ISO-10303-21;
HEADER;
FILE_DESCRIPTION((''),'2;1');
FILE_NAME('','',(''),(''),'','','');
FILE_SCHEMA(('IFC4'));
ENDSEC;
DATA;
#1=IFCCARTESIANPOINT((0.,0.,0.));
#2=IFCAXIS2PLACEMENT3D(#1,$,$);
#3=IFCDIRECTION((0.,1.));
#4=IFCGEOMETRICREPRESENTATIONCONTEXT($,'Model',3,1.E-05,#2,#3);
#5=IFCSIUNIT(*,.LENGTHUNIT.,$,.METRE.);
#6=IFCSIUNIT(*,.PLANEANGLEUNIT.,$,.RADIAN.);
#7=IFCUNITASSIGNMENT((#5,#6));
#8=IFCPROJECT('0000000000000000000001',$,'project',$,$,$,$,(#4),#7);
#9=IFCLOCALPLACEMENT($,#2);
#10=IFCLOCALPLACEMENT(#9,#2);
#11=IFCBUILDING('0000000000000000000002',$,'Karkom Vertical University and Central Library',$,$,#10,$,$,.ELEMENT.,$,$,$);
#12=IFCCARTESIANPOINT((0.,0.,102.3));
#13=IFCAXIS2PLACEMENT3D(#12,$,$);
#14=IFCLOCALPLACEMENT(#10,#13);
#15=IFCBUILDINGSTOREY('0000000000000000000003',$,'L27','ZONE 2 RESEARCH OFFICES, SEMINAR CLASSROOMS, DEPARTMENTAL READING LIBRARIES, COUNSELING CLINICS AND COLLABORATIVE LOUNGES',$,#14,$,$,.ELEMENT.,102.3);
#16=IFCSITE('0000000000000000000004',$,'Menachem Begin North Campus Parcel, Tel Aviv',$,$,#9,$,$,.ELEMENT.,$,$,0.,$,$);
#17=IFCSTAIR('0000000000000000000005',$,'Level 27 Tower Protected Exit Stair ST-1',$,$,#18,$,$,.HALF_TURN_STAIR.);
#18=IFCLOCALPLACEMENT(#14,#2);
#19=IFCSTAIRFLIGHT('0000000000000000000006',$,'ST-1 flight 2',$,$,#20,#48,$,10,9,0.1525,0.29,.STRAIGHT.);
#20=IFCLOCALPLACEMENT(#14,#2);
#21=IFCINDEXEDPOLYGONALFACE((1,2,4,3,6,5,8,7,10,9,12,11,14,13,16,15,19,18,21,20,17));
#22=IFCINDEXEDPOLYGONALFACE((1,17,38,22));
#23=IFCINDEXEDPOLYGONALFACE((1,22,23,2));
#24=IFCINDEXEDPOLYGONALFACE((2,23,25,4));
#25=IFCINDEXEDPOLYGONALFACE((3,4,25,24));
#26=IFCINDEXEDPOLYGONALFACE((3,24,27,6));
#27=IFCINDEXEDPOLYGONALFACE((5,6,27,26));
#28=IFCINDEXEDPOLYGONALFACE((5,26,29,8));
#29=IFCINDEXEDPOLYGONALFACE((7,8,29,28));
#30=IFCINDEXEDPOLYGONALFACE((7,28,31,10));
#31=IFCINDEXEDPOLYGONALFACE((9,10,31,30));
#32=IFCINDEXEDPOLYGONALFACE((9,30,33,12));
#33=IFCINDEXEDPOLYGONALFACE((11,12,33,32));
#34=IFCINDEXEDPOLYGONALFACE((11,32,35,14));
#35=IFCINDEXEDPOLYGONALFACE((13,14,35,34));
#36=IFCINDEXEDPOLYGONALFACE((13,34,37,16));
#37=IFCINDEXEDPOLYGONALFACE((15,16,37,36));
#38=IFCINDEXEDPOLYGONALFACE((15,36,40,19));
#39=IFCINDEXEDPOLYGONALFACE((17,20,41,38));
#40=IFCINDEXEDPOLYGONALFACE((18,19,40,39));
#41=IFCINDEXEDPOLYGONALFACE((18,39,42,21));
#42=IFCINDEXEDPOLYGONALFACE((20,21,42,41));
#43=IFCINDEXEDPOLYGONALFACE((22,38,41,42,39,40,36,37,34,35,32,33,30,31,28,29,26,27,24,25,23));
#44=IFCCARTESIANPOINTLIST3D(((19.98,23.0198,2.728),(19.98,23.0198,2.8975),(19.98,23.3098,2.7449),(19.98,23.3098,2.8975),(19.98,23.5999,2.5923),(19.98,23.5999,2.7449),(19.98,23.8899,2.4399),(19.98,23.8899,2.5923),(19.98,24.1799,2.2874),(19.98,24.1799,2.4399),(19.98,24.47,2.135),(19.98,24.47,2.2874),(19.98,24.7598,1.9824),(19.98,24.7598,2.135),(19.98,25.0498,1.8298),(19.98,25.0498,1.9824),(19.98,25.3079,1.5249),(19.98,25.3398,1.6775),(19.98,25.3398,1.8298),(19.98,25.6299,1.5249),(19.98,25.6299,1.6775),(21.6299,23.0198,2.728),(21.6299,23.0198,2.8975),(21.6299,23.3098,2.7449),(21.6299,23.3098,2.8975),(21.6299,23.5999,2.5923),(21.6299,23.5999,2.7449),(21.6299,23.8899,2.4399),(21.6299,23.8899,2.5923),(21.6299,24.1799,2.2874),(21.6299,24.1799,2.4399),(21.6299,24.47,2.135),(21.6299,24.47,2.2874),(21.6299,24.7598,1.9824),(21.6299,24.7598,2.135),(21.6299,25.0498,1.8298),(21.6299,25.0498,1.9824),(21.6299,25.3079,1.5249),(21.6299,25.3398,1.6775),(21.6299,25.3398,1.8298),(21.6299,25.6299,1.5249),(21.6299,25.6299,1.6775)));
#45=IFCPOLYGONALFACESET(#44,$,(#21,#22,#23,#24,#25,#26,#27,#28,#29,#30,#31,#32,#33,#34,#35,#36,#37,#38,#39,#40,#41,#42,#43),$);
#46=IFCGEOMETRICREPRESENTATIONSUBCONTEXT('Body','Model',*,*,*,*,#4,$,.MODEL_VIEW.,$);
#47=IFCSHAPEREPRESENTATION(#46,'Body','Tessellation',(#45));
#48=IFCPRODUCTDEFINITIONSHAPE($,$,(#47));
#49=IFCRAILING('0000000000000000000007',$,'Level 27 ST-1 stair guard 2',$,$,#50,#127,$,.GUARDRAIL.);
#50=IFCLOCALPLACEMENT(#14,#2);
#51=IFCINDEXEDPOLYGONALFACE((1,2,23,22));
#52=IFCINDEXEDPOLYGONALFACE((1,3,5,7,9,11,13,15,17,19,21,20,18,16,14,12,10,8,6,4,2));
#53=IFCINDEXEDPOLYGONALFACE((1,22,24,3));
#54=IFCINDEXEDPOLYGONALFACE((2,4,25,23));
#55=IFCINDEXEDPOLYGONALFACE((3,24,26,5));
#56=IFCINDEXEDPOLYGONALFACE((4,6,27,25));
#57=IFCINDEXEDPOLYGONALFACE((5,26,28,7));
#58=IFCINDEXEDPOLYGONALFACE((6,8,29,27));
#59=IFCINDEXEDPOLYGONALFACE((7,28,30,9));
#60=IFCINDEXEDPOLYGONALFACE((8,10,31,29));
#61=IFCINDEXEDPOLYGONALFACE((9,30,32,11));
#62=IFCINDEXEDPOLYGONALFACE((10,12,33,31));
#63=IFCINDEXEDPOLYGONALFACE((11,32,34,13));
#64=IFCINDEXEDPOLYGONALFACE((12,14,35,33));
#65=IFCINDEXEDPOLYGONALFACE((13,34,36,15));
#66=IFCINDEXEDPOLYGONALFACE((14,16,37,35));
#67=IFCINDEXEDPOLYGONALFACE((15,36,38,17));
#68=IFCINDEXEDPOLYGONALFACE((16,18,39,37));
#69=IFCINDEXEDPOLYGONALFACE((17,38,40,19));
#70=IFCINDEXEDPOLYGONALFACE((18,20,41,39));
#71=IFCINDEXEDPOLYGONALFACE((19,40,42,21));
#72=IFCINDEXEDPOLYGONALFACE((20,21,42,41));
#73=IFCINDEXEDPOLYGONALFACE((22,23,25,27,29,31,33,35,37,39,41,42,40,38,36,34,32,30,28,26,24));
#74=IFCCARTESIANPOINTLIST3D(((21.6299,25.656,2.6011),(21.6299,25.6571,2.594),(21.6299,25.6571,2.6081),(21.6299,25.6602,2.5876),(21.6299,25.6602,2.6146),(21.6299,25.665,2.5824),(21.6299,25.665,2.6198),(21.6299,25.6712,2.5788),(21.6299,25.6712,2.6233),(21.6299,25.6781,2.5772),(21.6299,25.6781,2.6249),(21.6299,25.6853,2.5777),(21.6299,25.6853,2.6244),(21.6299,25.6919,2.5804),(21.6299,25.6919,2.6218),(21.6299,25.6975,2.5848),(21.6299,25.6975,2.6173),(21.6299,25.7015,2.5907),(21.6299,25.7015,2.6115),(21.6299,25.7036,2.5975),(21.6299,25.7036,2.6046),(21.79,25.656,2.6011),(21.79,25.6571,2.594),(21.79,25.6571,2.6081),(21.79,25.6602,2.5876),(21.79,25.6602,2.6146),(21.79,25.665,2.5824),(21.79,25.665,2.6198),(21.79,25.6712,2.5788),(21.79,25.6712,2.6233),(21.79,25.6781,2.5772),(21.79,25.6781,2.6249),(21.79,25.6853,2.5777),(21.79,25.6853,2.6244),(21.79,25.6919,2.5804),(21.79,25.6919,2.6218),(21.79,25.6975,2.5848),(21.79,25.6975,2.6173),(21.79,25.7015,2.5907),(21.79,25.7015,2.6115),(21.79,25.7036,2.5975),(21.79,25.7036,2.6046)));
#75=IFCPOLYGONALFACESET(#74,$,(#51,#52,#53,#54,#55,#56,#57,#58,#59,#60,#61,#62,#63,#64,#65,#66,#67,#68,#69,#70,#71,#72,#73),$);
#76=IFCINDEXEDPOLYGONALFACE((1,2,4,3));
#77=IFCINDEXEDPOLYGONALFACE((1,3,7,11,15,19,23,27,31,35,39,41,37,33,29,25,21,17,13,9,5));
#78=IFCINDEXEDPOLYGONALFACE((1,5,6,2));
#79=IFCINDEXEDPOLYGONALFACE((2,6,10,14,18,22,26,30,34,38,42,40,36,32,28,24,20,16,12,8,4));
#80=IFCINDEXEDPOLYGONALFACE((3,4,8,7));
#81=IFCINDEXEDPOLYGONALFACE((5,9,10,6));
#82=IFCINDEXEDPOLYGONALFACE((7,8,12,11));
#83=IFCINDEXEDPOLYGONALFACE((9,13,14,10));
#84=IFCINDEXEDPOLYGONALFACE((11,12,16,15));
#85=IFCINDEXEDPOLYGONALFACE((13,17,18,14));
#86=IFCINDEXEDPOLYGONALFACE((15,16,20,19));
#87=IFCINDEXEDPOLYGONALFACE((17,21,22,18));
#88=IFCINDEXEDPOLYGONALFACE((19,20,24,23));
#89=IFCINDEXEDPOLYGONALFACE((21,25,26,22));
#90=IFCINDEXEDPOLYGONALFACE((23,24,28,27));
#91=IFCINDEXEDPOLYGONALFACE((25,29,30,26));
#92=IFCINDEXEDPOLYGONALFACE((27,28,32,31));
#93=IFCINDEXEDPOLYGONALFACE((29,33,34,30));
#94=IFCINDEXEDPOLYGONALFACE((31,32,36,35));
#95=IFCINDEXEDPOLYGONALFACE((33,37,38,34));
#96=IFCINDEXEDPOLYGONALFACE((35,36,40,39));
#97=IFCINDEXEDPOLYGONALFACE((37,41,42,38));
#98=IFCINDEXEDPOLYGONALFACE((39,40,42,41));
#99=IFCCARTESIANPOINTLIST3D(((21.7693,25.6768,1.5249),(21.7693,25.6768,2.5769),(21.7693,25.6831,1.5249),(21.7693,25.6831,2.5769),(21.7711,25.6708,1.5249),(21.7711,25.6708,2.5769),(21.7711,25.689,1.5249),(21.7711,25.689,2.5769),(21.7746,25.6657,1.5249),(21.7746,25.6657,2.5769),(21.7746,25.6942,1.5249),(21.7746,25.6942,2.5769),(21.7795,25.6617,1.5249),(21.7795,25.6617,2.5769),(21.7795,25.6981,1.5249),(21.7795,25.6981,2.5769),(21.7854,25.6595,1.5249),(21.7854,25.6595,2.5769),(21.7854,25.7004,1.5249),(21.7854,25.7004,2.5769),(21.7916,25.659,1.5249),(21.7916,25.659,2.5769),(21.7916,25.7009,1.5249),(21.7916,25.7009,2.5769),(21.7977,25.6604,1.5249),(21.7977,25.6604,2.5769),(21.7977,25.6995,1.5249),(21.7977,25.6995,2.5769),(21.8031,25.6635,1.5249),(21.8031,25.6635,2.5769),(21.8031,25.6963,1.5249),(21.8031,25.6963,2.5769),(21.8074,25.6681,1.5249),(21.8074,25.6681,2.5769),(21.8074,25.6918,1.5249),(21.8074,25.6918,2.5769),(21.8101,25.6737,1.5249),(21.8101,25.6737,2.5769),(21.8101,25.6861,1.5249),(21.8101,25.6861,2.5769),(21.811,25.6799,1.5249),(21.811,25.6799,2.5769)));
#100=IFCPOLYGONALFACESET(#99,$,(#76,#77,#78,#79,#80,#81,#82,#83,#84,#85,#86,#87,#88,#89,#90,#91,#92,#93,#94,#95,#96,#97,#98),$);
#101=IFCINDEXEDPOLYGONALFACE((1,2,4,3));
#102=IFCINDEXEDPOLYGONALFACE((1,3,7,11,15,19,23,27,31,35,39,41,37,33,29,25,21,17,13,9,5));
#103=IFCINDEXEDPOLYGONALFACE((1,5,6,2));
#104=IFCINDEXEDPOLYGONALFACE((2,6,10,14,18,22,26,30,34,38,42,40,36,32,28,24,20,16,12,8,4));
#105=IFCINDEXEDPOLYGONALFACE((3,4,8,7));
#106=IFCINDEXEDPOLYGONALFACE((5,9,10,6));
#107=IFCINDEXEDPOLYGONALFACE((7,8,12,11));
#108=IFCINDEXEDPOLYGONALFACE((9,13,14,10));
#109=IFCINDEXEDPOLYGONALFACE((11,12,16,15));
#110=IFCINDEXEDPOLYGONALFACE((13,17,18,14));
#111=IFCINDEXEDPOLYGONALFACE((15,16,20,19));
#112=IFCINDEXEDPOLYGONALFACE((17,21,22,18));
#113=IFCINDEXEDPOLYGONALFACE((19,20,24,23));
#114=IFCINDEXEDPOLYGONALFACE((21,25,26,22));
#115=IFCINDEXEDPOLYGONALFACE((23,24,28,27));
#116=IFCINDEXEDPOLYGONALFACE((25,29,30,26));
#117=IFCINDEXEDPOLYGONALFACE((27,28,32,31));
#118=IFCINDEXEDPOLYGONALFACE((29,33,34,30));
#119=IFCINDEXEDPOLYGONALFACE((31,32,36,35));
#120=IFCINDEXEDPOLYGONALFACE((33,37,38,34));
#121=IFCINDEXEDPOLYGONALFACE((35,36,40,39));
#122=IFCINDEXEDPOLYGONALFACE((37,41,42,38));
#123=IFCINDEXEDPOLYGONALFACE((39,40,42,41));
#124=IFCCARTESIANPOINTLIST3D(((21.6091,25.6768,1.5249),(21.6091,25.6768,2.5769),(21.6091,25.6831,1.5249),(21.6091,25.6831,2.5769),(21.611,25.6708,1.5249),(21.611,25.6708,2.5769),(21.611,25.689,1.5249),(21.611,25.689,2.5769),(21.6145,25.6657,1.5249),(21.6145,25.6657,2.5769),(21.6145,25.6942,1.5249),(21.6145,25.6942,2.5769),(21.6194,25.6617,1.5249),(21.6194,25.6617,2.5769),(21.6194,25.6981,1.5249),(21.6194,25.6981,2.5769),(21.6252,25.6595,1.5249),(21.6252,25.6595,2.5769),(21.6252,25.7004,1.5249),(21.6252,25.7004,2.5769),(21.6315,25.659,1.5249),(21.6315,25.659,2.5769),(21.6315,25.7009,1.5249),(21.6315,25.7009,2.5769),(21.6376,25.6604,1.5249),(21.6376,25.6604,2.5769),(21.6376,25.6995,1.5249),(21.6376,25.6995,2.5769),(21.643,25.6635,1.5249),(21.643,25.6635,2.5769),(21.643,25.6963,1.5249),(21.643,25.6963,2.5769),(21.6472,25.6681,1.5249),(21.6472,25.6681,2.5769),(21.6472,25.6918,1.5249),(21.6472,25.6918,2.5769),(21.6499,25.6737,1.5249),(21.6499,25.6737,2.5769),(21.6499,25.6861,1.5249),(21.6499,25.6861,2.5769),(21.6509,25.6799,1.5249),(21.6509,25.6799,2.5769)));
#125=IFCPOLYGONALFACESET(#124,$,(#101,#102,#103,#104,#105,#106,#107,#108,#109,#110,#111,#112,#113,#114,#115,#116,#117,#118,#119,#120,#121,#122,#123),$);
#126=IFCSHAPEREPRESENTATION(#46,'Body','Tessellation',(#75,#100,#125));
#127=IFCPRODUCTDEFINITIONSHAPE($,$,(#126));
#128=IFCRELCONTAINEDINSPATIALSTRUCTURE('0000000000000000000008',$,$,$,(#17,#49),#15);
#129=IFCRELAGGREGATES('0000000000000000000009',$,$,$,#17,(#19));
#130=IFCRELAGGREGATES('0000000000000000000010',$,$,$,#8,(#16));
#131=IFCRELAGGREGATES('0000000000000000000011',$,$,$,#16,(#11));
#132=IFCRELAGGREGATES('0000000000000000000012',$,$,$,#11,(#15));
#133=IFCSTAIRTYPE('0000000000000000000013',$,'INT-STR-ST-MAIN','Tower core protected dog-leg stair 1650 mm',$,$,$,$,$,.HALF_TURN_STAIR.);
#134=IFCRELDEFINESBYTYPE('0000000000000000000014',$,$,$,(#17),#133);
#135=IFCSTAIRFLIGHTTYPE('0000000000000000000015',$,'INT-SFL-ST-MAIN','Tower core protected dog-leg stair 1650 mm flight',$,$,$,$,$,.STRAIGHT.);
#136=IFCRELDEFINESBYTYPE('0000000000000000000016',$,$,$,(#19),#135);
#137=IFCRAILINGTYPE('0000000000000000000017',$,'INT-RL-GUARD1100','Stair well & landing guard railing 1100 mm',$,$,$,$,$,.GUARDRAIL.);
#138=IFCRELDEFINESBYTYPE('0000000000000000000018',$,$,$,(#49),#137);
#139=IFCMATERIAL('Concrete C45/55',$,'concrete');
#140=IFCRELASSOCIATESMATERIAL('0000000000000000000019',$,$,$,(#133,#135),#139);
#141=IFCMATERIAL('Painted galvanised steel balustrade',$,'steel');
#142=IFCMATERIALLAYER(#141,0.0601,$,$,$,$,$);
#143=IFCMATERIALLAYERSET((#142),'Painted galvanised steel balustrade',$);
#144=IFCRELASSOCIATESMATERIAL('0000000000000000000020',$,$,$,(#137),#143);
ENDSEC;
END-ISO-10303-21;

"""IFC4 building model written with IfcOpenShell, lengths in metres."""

from ifc_helpers import new_model, si_unit, direction, frame, origin, origin_2d, place, context, subcontext, project, spatial, polyline, circle, outline, extrude, material, layer, layer_set, type_object, element, aggregate, save


model = new_model("IFC4")

# Units and contexts
model_context = context("Model", 3, precision=1e-05, world=origin(), true_north=direction((0.0, 1.0)))
body_context = subcontext(model_context, "Body", "Model", "MODEL_VIEW")
ifc_project = project(units=[si_unit("LENGTHUNIT", "METRE"), si_unit("PLANEANGLEUNIT", "RADIAN")], contexts=[model_context])

# Site, building, storey
site_placement = place(None, origin())
site = spatial("IfcSite", under=ifc_project, at=site_placement, Name="Menachem Begin North Campus Parcel, Tel Aviv", CompositionType="ELEMENT", RefElevation=0.0)
building_placement = place(site_placement, origin())
building = spatial("IfcBuilding", under=site, at=building_placement, Name="Karkom Vertical University and Central Library", CompositionType="ELEMENT")
storey_placement = place(building_placement, frame((0.0, 0.0, 102.3)))
storey = spatial("IfcBuildingStorey", under=building, at=storey_placement, Name="L27", Description="ZONE 2 RESEARCH OFFICES, SEMINAR CLASSROOMS, DEPARTMENTAL READING LIBRARIES, COUNSELING CLINICS AND COLLABORATIVE LOUNGES", CompositionType="ELEMENT", Elevation=102.3)

# Shared definitions
ifc_material_1 = material(Name="Concrete C45/55", Category="concrete")

# Stair, stair flight
stair_type = type_object("IfcStairType", Name="INT-STR-ST-MAIN", Description="Tower core protected dog-leg stair 1650 mm", PredefinedType="HALF_TURN_STAIR", material=ifc_material_1)
stair_placement = place(storey_placement, origin())
stair = element("IfcStair", 1, at=stair_placement, inside=storey, type_object=stair_type, Name="Level 27 Tower Protected Exit Stair ST-1", PredefinedType="HALF_TURN_STAIR")
stair_flight_type = type_object("IfcStairFlightType", Name="INT-SFL-ST-MAIN", Description="Tower core protected dog-leg stair 1650 mm flight", PredefinedType="STRAIGHT", material=ifc_material_1)
stair_flight_1_placement = place(storey_placement, frame((20.8049, 25.6299, 1.5249), z_axis=(0.0, 0.0, 1.0), x_axis=(0.0, -1.0, 0.0)))
stair_flight_1 = element("IfcStairFlight", 2, at=stair_flight_1_placement, type_object=stair_flight_type, Name="ST-1 flight 2", NumberOfRisers=10, NumberOfTreads=9, PredefinedType="STRAIGHT", RiserHeight=0.1525, TreadLength=0.29, context=body_context, shape_type="SweptSolid", body=[
    extrude(outline(polyline([(0.0, 0.0), (0.0, 0.1526), (0.29, 0.1526), (0.29, 0.3049), (0.5801, 0.3049), (0.5801, 0.4575), (0.8701, 0.4575), (0.8701, 0.6101), (1.1599, 0.6101), (1.1599, 0.7625), (1.45, 0.7625), (1.45, 0.915), (1.74, 0.915), (1.74, 1.0674), (2.03, 1.0674), (2.03, 1.22), (2.3201, 1.22), (2.3201, 1.3726), (2.6101, 1.3726), (2.6101, 1.5249), (2.6101, 1.2031), (0.322, 0.0), (0.0, 0.0)])), frame((0.0, 0.825, 0.0), z_axis=(0.0, -1.0, 0.0), x_axis=(1.0, 0.0, 0.0)), (0.0, 0.0, 1.0), 1.6499),
])
aggregate(stair, [stair_flight_1])

# Railing
ifc_material_2 = material(Name="Painted galvanised steel balustrade", Category="steel")
ifc_layer_1 = layer(ifc_material_2, 0.0601)
ifc_layer_set_1 = layer_set([ifc_layer_1], Name="Painted galvanised steel balustrade")
railing_type_1 = type_object("IfcRailingType", Name="INT-RL-GUARD1100", Description="Stair well & landing guard railing 1100 mm", PredefinedType="GUARDRAIL", material=ifc_layer_set_1)
railing_1_placement = place(storey_placement, frame((21.79, 25.6799, 1.5249)))
element("IfcRailing", 3, at=railing_1_placement, inside=storey, type_object=railing_type_1, Name="Level 27 ST-1 stair guard 2", PredefinedType="GUARDRAIL", context=body_context, shape_type="SweptSolid", body=[
    extrude(circle(Radius=0.0239, at=origin_2d()), frame((0.0, 0.0, 1.0762), z_axis=(-1.0, 0.0, 0.0), x_axis=(0.0, -1.0, 0.0)), (0.0, 0.0, 1.0), 0.1602),
    extrude(circle(Radius=0.021, at=origin_2d()), origin(), (0.0, 0.0, 1.0), 1.052),
    extrude(circle(Radius=0.021, at=origin_2d()), frame((-0.1602, 0.0, 0.0)), (0.0, 0.0, 1.0), 1.052),
])

save(model, "model.ifc")
